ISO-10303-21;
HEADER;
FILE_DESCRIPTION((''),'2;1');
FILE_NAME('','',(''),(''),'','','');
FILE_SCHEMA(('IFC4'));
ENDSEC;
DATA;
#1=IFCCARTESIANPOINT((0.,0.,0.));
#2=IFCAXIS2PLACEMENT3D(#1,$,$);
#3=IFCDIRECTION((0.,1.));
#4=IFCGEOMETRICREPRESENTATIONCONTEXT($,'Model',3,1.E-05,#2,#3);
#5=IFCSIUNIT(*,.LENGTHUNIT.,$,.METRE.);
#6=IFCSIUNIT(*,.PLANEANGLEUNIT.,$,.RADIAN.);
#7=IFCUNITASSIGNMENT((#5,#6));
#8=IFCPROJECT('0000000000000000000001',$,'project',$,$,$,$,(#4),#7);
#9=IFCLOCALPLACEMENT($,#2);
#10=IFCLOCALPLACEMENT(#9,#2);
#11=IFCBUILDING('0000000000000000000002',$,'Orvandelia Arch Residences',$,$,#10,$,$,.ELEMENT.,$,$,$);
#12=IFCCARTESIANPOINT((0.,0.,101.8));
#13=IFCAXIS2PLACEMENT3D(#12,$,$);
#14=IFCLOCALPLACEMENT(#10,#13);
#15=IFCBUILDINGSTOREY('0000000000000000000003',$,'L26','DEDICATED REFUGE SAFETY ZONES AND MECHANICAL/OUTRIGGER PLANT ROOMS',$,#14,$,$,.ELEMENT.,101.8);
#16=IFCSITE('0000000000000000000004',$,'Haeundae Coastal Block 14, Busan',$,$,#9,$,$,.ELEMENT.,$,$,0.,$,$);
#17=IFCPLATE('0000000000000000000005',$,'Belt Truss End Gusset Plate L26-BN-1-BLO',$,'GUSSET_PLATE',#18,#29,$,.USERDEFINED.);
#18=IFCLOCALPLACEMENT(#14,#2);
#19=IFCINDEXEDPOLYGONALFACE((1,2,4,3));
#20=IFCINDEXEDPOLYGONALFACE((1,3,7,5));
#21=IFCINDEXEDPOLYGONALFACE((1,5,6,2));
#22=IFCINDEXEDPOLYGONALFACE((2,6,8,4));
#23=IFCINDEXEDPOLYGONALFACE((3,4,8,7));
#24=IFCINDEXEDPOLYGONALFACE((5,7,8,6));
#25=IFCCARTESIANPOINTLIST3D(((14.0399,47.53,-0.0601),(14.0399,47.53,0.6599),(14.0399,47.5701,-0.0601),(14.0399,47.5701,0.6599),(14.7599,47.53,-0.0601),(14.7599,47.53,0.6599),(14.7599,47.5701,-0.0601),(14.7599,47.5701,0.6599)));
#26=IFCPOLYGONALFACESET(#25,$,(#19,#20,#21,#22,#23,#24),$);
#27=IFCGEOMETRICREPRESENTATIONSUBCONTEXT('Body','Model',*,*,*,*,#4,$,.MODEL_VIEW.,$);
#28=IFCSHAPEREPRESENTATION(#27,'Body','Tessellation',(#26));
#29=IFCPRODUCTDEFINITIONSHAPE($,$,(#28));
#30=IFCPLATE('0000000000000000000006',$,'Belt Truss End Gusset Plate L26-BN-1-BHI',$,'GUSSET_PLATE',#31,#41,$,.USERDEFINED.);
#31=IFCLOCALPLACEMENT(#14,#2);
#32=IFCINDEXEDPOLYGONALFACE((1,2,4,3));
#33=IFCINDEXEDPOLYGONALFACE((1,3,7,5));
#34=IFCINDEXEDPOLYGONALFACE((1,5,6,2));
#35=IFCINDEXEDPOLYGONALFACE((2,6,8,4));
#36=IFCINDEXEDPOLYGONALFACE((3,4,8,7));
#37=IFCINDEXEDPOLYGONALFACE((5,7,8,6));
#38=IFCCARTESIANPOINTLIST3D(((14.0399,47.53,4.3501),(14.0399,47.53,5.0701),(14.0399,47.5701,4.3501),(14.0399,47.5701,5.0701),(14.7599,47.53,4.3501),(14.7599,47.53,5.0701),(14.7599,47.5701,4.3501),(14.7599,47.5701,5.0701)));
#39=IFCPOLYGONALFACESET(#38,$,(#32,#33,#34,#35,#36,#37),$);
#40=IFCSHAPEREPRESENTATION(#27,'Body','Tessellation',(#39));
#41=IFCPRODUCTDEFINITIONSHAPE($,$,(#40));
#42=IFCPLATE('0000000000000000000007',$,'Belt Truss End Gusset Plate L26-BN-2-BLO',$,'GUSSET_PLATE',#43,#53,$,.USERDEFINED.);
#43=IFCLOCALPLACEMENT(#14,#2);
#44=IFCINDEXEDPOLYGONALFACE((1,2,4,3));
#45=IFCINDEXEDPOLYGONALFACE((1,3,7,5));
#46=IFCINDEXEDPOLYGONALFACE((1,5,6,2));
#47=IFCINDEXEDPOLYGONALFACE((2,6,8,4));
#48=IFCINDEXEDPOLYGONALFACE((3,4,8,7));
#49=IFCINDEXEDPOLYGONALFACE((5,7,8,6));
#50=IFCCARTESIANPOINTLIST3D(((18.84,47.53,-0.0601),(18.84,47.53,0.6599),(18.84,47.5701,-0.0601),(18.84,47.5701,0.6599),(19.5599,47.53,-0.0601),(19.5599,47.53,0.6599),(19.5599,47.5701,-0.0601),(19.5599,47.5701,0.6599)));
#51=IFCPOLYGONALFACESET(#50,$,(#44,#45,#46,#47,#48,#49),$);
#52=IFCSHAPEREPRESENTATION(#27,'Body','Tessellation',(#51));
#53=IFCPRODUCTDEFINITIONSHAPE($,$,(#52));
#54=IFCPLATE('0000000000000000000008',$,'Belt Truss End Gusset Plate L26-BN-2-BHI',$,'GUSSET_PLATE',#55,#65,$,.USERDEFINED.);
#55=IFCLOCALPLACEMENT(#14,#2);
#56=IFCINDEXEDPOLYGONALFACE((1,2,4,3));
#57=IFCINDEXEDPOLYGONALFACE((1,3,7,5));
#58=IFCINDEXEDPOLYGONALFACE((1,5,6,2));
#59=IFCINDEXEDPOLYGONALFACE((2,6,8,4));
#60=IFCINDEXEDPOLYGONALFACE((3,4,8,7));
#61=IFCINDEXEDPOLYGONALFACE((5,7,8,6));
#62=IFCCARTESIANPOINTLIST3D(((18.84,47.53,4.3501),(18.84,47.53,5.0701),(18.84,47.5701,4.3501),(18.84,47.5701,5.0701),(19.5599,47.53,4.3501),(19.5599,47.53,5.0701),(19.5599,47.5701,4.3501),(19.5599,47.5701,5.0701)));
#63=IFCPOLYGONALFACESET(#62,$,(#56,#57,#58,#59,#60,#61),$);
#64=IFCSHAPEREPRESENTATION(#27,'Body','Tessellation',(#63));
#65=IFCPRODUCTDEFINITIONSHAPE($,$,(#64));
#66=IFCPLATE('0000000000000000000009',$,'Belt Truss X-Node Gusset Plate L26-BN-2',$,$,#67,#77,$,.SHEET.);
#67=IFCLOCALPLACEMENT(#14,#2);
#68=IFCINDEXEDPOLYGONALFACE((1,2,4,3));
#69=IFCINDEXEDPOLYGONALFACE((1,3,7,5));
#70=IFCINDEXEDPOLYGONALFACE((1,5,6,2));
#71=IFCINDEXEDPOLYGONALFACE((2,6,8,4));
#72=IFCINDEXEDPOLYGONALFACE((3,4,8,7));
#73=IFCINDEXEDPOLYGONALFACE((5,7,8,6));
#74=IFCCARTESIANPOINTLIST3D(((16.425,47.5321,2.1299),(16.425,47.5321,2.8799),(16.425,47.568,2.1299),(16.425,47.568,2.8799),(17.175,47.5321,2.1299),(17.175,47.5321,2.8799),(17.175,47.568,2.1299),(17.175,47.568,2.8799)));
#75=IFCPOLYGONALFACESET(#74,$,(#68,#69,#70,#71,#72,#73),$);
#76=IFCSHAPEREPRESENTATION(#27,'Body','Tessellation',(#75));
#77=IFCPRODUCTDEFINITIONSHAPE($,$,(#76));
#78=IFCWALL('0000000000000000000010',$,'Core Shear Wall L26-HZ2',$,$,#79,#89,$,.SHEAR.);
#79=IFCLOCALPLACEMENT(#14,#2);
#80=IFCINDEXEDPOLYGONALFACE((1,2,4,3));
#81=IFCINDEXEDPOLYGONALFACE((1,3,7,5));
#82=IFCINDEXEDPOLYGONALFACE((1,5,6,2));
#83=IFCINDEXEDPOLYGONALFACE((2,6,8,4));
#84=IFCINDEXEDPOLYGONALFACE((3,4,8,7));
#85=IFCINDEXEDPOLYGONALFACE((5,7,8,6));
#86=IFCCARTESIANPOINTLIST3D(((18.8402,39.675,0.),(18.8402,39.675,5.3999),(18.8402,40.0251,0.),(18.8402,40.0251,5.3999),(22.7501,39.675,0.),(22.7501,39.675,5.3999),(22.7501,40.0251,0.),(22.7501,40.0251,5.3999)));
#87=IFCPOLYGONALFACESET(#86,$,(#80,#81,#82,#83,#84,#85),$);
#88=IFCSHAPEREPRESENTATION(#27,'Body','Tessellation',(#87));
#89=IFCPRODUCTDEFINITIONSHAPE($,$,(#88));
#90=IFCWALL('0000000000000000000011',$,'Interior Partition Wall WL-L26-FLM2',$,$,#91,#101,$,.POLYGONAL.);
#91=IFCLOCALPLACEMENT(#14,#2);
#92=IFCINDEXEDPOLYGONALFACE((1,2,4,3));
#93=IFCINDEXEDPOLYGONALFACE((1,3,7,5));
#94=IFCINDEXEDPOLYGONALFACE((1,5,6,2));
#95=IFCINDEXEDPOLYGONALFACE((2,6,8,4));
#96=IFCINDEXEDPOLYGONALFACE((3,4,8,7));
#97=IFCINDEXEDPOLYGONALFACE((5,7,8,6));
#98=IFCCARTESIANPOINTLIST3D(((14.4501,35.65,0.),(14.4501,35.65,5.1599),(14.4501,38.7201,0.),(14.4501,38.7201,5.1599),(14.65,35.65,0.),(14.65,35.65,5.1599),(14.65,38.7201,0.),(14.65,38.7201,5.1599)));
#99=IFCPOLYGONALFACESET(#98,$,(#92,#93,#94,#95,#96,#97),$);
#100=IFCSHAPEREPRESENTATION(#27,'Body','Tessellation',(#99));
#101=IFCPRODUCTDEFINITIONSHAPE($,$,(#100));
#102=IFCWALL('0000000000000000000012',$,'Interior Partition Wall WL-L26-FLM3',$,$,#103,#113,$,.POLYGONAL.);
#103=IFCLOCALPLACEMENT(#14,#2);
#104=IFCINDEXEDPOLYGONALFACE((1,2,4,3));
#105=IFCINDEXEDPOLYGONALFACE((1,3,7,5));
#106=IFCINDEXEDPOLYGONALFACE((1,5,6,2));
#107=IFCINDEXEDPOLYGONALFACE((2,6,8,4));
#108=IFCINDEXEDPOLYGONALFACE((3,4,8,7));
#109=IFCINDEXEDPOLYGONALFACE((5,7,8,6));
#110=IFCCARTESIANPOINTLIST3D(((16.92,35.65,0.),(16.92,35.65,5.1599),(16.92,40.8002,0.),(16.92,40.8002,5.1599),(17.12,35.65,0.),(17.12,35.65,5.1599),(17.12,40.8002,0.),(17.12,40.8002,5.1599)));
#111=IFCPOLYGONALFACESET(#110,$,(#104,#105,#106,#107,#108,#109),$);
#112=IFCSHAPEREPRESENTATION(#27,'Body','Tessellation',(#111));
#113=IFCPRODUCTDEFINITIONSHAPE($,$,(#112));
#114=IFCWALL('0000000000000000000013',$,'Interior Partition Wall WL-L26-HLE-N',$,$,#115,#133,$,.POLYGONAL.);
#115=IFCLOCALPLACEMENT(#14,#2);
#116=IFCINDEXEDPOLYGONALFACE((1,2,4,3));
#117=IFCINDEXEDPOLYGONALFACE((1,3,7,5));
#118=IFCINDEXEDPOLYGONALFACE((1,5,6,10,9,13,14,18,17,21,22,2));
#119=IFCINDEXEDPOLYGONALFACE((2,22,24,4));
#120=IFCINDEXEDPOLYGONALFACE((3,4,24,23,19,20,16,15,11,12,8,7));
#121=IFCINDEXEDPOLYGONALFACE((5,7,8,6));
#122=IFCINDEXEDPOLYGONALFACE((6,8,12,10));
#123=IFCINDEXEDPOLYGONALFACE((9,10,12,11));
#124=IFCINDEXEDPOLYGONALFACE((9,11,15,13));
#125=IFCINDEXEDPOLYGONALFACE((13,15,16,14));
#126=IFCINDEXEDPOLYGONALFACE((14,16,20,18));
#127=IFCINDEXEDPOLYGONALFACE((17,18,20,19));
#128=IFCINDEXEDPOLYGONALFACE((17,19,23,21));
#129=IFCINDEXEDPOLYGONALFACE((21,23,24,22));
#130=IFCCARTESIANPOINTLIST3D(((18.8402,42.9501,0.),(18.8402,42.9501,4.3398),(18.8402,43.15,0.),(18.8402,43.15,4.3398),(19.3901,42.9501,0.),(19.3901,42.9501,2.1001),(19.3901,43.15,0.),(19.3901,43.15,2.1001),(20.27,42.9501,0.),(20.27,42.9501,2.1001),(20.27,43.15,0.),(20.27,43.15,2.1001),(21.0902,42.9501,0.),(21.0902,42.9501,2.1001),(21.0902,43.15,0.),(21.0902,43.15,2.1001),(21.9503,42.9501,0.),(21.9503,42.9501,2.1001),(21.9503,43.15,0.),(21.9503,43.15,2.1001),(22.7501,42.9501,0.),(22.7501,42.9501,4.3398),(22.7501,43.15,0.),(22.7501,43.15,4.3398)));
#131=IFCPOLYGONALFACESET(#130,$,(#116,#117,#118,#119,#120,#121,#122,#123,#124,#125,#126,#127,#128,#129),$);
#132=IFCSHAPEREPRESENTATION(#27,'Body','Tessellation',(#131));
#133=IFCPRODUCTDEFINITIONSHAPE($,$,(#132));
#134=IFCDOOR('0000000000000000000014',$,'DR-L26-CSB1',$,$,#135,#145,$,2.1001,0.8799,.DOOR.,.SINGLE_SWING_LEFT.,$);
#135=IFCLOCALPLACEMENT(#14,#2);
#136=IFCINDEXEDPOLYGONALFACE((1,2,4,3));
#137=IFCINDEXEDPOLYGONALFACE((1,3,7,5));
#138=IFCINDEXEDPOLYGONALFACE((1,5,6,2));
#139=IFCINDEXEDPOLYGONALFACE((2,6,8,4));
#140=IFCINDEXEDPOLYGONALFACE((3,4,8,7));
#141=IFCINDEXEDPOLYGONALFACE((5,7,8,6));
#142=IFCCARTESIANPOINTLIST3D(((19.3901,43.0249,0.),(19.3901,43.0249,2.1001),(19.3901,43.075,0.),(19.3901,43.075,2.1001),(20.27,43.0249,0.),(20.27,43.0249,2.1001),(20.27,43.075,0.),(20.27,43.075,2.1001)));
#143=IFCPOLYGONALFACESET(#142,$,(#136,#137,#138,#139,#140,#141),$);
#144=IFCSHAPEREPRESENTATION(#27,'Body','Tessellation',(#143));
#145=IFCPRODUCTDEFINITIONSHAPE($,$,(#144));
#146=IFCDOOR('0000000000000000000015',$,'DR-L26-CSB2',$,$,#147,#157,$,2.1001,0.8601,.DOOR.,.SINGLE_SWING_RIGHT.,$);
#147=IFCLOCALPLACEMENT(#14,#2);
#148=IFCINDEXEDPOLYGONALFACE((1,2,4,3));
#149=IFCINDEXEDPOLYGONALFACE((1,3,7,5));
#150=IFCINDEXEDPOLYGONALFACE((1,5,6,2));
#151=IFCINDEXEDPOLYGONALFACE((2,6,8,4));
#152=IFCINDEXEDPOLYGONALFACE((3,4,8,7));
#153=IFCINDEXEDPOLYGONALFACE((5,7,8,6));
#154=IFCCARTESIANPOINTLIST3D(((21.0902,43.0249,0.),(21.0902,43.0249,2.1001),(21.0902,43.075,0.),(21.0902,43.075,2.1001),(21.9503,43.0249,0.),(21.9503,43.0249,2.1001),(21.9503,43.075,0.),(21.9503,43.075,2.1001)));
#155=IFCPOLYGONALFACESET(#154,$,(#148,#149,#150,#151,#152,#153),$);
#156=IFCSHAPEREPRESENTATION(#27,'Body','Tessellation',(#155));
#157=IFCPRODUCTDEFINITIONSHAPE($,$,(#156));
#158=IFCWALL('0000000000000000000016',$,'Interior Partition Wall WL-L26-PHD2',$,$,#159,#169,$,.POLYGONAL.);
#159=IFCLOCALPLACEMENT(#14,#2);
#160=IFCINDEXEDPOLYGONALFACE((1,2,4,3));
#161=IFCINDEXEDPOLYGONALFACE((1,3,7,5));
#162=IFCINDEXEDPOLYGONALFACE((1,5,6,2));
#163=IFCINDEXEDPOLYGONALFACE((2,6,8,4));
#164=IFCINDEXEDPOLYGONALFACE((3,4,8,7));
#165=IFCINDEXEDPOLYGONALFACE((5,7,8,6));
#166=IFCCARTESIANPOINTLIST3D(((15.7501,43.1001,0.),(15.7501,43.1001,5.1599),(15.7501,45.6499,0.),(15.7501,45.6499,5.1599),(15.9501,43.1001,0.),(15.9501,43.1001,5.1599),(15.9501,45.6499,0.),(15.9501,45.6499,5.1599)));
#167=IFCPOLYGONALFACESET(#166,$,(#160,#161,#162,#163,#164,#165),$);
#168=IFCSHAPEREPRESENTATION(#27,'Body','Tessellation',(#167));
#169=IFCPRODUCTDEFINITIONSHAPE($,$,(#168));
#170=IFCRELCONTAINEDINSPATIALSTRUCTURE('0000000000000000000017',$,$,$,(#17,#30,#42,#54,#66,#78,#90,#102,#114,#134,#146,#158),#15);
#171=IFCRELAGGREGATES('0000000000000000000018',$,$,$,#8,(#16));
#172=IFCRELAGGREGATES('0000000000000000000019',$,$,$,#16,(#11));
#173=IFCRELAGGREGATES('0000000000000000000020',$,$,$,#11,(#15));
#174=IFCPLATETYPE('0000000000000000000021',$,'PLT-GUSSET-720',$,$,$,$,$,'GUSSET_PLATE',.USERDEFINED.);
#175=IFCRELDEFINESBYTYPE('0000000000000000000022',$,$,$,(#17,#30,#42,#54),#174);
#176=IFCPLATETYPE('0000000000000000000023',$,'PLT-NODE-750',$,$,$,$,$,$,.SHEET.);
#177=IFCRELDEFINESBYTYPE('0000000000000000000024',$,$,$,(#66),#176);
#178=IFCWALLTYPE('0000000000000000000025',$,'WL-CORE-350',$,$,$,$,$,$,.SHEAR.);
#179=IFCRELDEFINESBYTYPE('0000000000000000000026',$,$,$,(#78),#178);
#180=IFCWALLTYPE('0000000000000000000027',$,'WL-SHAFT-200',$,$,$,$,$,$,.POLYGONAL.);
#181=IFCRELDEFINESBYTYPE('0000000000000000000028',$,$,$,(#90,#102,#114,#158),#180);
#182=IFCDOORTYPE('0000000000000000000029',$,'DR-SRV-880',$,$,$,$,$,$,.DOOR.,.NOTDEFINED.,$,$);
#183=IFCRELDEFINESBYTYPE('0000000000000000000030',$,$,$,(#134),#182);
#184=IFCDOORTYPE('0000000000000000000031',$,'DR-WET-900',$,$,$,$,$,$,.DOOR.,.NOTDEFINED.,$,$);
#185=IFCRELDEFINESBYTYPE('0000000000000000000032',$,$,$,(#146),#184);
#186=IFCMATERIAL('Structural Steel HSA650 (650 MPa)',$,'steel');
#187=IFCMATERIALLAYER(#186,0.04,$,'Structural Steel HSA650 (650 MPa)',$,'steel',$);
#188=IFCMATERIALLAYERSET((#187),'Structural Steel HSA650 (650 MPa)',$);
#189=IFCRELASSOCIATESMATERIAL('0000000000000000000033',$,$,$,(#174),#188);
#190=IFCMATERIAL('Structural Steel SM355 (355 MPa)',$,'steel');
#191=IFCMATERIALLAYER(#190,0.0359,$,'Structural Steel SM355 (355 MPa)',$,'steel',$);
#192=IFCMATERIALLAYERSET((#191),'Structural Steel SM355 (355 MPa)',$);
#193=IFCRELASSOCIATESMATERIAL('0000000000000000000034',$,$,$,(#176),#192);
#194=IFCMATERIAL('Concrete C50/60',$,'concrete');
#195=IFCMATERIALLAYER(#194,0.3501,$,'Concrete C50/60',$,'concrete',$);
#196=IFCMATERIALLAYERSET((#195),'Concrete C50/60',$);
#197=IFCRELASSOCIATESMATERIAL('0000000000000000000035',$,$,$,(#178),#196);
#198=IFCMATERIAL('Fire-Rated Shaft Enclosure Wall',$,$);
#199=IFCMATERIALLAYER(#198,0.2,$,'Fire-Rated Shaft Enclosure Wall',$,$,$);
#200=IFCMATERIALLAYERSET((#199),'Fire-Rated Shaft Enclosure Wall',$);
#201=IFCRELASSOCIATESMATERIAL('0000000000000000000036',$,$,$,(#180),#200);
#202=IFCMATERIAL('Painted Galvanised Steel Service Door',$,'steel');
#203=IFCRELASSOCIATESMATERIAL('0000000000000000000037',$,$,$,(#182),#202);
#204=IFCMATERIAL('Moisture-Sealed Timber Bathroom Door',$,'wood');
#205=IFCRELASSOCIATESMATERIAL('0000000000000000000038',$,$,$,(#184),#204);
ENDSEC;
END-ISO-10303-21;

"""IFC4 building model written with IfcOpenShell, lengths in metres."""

from ifc_helpers import new_model, si_unit, direction, frame, frame_2d, origin, origin_2d, place, context, subcontext, project, spatial, rectangle, extrude, material, layer, layer_set, type_object, element, fill, save


model = new_model("IFC4")

# Units and contexts
model_context = context("Model", 3, precision=1e-05, world=origin(), true_north=direction((0.0, 1.0)))
body_context = subcontext(model_context, "Body", "Model", "MODEL_VIEW")
ifc_project = project(units=[si_unit("LENGTHUNIT", "METRE"), si_unit("PLANEANGLEUNIT", "RADIAN")], contexts=[model_context])

# Site, building, storey
site_placement = place(None, origin())
site = spatial("IfcSite", under=ifc_project, at=site_placement, Name="Haeundae Coastal Block 14, Busan", CompositionType="ELEMENT", RefElevation=0.0)
building_placement = place(site_placement, origin())
building = spatial("IfcBuilding", under=site, at=building_placement, Name="Orvandelia Arch Residences", CompositionType="ELEMENT")
storey_placement = place(building_placement, frame((0.0, 0.0, 101.8)))
storey = spatial("IfcBuildingStorey", under=building, at=storey_placement, Name="L26", Description="DEDICATED REFUGE SAFETY ZONES AND MECHANICAL/OUTRIGGER PLANT ROOMS", CompositionType="ELEMENT", Elevation=101.8)

# Shared definitions
ifc_material_1 = material(Name="Structural Steel SM355 (355 MPa)", Category="steel")

# Shared definitions
ifc_material_2 = material(Name="Structural Steel HSA650 (650 MPa)", Category="steel")

# Plates
ifc_layer_1 = layer(ifc_material_2, 0.04, Name="Structural Steel HSA650 (650 MPa)", Category="steel")
ifc_layer_set_1 = layer_set([ifc_layer_1], Name="Structural Steel HSA650 (650 MPa)")
plate_type_1 = type_object("IfcPlateType", Name="PLT-GUSSET-720", ElementType="GUSSET_PLATE", PredefinedType="USERDEFINED", material=ifc_layer_set_1)
for number, where, z_axis, x_axis, name in (
    (1, (14.3999, 47.55, -0.0601), (0.0, 0.0, 1.0), (1.0, 0.0, 0.0), "Belt Truss End Gusset Plate L26-BN-1-BLO"),
    (2, (14.3999, 47.55, 4.3501), (0.0, 0.0, 1.0), (1.0, 0.0, 0.0), "Belt Truss End Gusset Plate L26-BN-1-BHI"),
    (3, (19.2, 47.55, -0.0601), (0.0, 0.0, 1.0), (1.0, 0.0, 0.0), "Belt Truss End Gusset Plate L26-BN-2-BLO"),
    (4, (19.2, 47.55, 4.3501), (0.0, 0.0, 1.0), (1.0, 0.0, 0.0), "Belt Truss End Gusset Plate L26-BN-2-BHI"),
):
    element("IfcPlate", number, at=place(storey_placement, frame(where, z_axis=z_axis, x_axis=x_axis)), inside=storey, type_object=plate_type_1, Name=name, ObjectType="GUSSET_PLATE", PredefinedType="USERDEFINED", context=body_context, shape_type="SweptSolid", body=[
        extrude(rectangle(XDim=0.72, YDim=0.04, at=origin_2d()), origin(), (0.0, 0.0, 1.0), 0.72),
    ])
ifc_layer_2 = layer(ifc_material_1, 0.0359, Name="Structural Steel SM355 (355 MPa)", Category="steel")
ifc_layer_set_2 = layer_set([ifc_layer_2], Name="Structural Steel SM355 (355 MPa)")
plate_type_2 = type_object("IfcPlateType", Name="PLT-NODE-750", PredefinedType="SHEET", material=ifc_layer_set_2)
plate_placement = place(storey_placement, frame((16.8, 47.55, 2.1299), z_axis=(0.0, 0.0, 1.0), x_axis=(1.0, 0.0, 0.0)))
element("IfcPlate", 5, at=plate_placement, inside=storey, type_object=plate_type_2, Name="Belt Truss X-Node Gusset Plate L26-BN-2", PredefinedType="SHEET", context=body_context, shape_type="SweptSolid", body=[
    extrude(rectangle(XDim=0.75, YDim=0.0359, at=origin_2d()), origin(), (0.0, 0.0, 1.0), 0.75),
])

# Walls
ifc_material_3 = material(Name="Concrete C50/60", Category="concrete")
ifc_layer_3 = layer(ifc_material_3, 0.3501, Name="Concrete C50/60", Category="concrete")
ifc_layer_set_3 = layer_set([ifc_layer_3], Name="Concrete C50/60")
wall_type_1 = type_object("IfcWallType", Name="WL-CORE-350", PredefinedType="SHEAR", material=ifc_layer_set_3)
wall_1_placement = place(storey_placement, frame((18.8401, 39.8501, 0.0), z_axis=(0.0, 0.0, 1.0), x_axis=(1.0, 0.0, 0.0)))
element("IfcWall", 6, at=wall_1_placement, inside=storey, type_object=wall_type_1, Name="Core Shear Wall L26-HZ2", PredefinedType="SHEAR", context=body_context, shape_type="SweptSolid", body=[
    extrude(rectangle(XDim=3.9099, YDim=0.3501, at=frame_2d((1.9551, 0.0))), origin(), (0.0, 0.0, 1.0), 5.3999),
])
ifc_material_4 = material(Name="Fire-Rated Shaft Enclosure Wall")
ifc_layer_4 = layer(ifc_material_4, 0.2, Name="Fire-Rated Shaft Enclosure Wall")
ifc_layer_set_4 = layer_set([ifc_layer_4], Name="Fire-Rated Shaft Enclosure Wall")
wall_type_2 = type_object("IfcWallType", Name="WL-SHAFT-200", PredefinedType="POLYGONAL", material=ifc_layer_set_4)
wall_2_placement = place(storey_placement, frame((14.55, 35.6499, 0.0), z_axis=(0.0, 0.0, 1.0), x_axis=(0.0, 1.0, 0.0)))
element("IfcWall", 7, at=wall_2_placement, inside=storey, type_object=wall_type_2, Name="Interior Partition Wall WL-L26-FLM2", PredefinedType="POLYGONAL", context=body_context, shape_type="SweptSolid", body=[
    extrude(rectangle(XDim=3.0701, YDim=0.2, at=frame_2d((1.5352, 0.0))), origin(), (0.0, 0.0, 1.0), 5.1599),
])
wall_3_placement = place(storey_placement, frame((17.02, 35.6499, 0.0), z_axis=(0.0, 0.0, 1.0), x_axis=(0.0, 1.0, 0.0)))
element("IfcWall", 8, at=wall_3_placement, inside=storey, type_object=wall_type_2, Name="Interior Partition Wall WL-L26-FLM3", PredefinedType="POLYGONAL", context=body_context, shape_type="SweptSolid", body=[
    extrude(rectangle(XDim=5.1501, YDim=0.2, at=frame_2d((2.5752, 0.0))), origin(), (0.0, 0.0, 1.0), 5.1599),
])

# Wall, openings, doors
wall_4_placement = place(storey_placement, frame((18.8401, 43.05, 0.0), z_axis=(0.0, 0.0, 1.0), x_axis=(1.0, 0.0, 0.0)))
wall_4 = element("IfcWall", 9, at=wall_4_placement, inside=storey, type_object=wall_type_2, Name="Interior Partition Wall WL-L26-HLE-N", PredefinedType="POLYGONAL", context=body_context, shape_type="SweptSolid", body=[
    extrude(rectangle(XDim=3.9099, YDim=0.2, at=frame_2d((1.9551, 0.0))), origin(), (0.0, 0.0, 1.0), 4.3398),
])
opening_1_placement = place(wall_4_placement, frame((0.55, 0.0, 0.0)))
opening_1 = element("IfcOpeningElement", 10, at=opening_1_placement, cuts=wall_4, PredefinedType="OPENING", context=body_context, shape_type="SweptSolid", body=[
    extrude(rectangle(XDim=0.8799, YDim=2.1001, at=frame_2d((0.4399, 1.05))), frame((0.0, 0.1099, 0.0), z_axis=(0.0, -1.0, 0.0), x_axis=(1.0, 0.0, 0.0)), (0.0, 0.0, 1.0), 0.22),
])
opening_2_placement = place(wall_4_placement, frame((2.25, 0.0, 0.0)))
opening_2 = element("IfcOpeningElement", 11, at=opening_2_placement, cuts=wall_4, PredefinedType="OPENING", context=body_context, shape_type="SweptSolid", body=[
    extrude(rectangle(XDim=0.8601, YDim=2.1001, at=frame_2d((0.4302, 1.05))), frame((0.0, 0.1099, 0.0), z_axis=(0.0, -1.0, 0.0), x_axis=(1.0, 0.0, 0.0)), (0.0, 0.0, 1.0), 0.22),
])
ifc_material_5 = material(Name="Painted Galvanised Steel Service Door", Category="steel")
door_type_1 = type_object("IfcDoorType", Name="DR-SRV-880", OperationType="NOTDEFINED", PredefinedType="DOOR", material=ifc_material_5)
door_1_placement = place(opening_1_placement, origin())
door_1 = element("IfcDoor", 12, at=door_1_placement, inside=storey, type_object=door_type_1, Name="DR-L26-CSB1", OperationType="SINGLE_SWING_LEFT", OverallHeight=2.1001, OverallWidth=0.8799, PredefinedType="DOOR", context=body_context, shape_type="SweptSolid", body=[
    extrude(rectangle(XDim=0.8799, YDim=2.1001, at=frame_2d((0.4399, 1.05))), frame((0.0, 0.0249, 0.0), z_axis=(0.0, -1.0, 0.0), x_axis=(1.0, 0.0, 0.0)), (0.0, 0.0, 1.0), 0.05),
])
fill(opening_1, door_1)
ifc_material_6 = material(Name="Moisture-Sealed Timber Bathroom Door", Category="wood")
door_type_2 = type_object("IfcDoorType", Name="DR-WET-900", OperationType="NOTDEFINED", PredefinedType="DOOR", material=ifc_material_6)
door_2_placement = place(opening_2_placement, origin())
door_2 = element("IfcDoor", 13, at=door_2_placement, inside=storey, type_object=door_type_2, Name="DR-L26-CSB2", OperationType="SINGLE_SWING_RIGHT", OverallHeight=2.1001, OverallWidth=0.8601, PredefinedType="DOOR", context=body_context, shape_type="SweptSolid", body=[
    extrude(rectangle(XDim=0.8601, YDim=2.1001, at=frame_2d((0.4302, 1.05))), frame((0.0, 0.0249, 0.0), z_axis=(0.0, -1.0, 0.0), x_axis=(1.0, 0.0, 0.0)), (0.0, 0.0, 1.0), 0.05),
])
fill(opening_2, door_2)

# Wall
wall_5_placement = place(storey_placement, frame((15.8501, 43.1001, 0.0), z_axis=(0.0, 0.0, 1.0), x_axis=(0.0, 1.0, 0.0)))
element("IfcWall", 14, at=wall_5_placement, inside=storey, type_object=wall_type_2, Name="Interior Partition Wall WL-L26-PHD2", PredefinedType="POLYGONAL", context=body_context, shape_type="SweptSolid", body=[
    extrude(rectangle(XDim=2.5498, YDim=0.2, at=frame_2d((1.2749, 0.0))), origin(), (0.0, 0.0, 1.0), 5.1599),
])

save(model, "model.ifc")
